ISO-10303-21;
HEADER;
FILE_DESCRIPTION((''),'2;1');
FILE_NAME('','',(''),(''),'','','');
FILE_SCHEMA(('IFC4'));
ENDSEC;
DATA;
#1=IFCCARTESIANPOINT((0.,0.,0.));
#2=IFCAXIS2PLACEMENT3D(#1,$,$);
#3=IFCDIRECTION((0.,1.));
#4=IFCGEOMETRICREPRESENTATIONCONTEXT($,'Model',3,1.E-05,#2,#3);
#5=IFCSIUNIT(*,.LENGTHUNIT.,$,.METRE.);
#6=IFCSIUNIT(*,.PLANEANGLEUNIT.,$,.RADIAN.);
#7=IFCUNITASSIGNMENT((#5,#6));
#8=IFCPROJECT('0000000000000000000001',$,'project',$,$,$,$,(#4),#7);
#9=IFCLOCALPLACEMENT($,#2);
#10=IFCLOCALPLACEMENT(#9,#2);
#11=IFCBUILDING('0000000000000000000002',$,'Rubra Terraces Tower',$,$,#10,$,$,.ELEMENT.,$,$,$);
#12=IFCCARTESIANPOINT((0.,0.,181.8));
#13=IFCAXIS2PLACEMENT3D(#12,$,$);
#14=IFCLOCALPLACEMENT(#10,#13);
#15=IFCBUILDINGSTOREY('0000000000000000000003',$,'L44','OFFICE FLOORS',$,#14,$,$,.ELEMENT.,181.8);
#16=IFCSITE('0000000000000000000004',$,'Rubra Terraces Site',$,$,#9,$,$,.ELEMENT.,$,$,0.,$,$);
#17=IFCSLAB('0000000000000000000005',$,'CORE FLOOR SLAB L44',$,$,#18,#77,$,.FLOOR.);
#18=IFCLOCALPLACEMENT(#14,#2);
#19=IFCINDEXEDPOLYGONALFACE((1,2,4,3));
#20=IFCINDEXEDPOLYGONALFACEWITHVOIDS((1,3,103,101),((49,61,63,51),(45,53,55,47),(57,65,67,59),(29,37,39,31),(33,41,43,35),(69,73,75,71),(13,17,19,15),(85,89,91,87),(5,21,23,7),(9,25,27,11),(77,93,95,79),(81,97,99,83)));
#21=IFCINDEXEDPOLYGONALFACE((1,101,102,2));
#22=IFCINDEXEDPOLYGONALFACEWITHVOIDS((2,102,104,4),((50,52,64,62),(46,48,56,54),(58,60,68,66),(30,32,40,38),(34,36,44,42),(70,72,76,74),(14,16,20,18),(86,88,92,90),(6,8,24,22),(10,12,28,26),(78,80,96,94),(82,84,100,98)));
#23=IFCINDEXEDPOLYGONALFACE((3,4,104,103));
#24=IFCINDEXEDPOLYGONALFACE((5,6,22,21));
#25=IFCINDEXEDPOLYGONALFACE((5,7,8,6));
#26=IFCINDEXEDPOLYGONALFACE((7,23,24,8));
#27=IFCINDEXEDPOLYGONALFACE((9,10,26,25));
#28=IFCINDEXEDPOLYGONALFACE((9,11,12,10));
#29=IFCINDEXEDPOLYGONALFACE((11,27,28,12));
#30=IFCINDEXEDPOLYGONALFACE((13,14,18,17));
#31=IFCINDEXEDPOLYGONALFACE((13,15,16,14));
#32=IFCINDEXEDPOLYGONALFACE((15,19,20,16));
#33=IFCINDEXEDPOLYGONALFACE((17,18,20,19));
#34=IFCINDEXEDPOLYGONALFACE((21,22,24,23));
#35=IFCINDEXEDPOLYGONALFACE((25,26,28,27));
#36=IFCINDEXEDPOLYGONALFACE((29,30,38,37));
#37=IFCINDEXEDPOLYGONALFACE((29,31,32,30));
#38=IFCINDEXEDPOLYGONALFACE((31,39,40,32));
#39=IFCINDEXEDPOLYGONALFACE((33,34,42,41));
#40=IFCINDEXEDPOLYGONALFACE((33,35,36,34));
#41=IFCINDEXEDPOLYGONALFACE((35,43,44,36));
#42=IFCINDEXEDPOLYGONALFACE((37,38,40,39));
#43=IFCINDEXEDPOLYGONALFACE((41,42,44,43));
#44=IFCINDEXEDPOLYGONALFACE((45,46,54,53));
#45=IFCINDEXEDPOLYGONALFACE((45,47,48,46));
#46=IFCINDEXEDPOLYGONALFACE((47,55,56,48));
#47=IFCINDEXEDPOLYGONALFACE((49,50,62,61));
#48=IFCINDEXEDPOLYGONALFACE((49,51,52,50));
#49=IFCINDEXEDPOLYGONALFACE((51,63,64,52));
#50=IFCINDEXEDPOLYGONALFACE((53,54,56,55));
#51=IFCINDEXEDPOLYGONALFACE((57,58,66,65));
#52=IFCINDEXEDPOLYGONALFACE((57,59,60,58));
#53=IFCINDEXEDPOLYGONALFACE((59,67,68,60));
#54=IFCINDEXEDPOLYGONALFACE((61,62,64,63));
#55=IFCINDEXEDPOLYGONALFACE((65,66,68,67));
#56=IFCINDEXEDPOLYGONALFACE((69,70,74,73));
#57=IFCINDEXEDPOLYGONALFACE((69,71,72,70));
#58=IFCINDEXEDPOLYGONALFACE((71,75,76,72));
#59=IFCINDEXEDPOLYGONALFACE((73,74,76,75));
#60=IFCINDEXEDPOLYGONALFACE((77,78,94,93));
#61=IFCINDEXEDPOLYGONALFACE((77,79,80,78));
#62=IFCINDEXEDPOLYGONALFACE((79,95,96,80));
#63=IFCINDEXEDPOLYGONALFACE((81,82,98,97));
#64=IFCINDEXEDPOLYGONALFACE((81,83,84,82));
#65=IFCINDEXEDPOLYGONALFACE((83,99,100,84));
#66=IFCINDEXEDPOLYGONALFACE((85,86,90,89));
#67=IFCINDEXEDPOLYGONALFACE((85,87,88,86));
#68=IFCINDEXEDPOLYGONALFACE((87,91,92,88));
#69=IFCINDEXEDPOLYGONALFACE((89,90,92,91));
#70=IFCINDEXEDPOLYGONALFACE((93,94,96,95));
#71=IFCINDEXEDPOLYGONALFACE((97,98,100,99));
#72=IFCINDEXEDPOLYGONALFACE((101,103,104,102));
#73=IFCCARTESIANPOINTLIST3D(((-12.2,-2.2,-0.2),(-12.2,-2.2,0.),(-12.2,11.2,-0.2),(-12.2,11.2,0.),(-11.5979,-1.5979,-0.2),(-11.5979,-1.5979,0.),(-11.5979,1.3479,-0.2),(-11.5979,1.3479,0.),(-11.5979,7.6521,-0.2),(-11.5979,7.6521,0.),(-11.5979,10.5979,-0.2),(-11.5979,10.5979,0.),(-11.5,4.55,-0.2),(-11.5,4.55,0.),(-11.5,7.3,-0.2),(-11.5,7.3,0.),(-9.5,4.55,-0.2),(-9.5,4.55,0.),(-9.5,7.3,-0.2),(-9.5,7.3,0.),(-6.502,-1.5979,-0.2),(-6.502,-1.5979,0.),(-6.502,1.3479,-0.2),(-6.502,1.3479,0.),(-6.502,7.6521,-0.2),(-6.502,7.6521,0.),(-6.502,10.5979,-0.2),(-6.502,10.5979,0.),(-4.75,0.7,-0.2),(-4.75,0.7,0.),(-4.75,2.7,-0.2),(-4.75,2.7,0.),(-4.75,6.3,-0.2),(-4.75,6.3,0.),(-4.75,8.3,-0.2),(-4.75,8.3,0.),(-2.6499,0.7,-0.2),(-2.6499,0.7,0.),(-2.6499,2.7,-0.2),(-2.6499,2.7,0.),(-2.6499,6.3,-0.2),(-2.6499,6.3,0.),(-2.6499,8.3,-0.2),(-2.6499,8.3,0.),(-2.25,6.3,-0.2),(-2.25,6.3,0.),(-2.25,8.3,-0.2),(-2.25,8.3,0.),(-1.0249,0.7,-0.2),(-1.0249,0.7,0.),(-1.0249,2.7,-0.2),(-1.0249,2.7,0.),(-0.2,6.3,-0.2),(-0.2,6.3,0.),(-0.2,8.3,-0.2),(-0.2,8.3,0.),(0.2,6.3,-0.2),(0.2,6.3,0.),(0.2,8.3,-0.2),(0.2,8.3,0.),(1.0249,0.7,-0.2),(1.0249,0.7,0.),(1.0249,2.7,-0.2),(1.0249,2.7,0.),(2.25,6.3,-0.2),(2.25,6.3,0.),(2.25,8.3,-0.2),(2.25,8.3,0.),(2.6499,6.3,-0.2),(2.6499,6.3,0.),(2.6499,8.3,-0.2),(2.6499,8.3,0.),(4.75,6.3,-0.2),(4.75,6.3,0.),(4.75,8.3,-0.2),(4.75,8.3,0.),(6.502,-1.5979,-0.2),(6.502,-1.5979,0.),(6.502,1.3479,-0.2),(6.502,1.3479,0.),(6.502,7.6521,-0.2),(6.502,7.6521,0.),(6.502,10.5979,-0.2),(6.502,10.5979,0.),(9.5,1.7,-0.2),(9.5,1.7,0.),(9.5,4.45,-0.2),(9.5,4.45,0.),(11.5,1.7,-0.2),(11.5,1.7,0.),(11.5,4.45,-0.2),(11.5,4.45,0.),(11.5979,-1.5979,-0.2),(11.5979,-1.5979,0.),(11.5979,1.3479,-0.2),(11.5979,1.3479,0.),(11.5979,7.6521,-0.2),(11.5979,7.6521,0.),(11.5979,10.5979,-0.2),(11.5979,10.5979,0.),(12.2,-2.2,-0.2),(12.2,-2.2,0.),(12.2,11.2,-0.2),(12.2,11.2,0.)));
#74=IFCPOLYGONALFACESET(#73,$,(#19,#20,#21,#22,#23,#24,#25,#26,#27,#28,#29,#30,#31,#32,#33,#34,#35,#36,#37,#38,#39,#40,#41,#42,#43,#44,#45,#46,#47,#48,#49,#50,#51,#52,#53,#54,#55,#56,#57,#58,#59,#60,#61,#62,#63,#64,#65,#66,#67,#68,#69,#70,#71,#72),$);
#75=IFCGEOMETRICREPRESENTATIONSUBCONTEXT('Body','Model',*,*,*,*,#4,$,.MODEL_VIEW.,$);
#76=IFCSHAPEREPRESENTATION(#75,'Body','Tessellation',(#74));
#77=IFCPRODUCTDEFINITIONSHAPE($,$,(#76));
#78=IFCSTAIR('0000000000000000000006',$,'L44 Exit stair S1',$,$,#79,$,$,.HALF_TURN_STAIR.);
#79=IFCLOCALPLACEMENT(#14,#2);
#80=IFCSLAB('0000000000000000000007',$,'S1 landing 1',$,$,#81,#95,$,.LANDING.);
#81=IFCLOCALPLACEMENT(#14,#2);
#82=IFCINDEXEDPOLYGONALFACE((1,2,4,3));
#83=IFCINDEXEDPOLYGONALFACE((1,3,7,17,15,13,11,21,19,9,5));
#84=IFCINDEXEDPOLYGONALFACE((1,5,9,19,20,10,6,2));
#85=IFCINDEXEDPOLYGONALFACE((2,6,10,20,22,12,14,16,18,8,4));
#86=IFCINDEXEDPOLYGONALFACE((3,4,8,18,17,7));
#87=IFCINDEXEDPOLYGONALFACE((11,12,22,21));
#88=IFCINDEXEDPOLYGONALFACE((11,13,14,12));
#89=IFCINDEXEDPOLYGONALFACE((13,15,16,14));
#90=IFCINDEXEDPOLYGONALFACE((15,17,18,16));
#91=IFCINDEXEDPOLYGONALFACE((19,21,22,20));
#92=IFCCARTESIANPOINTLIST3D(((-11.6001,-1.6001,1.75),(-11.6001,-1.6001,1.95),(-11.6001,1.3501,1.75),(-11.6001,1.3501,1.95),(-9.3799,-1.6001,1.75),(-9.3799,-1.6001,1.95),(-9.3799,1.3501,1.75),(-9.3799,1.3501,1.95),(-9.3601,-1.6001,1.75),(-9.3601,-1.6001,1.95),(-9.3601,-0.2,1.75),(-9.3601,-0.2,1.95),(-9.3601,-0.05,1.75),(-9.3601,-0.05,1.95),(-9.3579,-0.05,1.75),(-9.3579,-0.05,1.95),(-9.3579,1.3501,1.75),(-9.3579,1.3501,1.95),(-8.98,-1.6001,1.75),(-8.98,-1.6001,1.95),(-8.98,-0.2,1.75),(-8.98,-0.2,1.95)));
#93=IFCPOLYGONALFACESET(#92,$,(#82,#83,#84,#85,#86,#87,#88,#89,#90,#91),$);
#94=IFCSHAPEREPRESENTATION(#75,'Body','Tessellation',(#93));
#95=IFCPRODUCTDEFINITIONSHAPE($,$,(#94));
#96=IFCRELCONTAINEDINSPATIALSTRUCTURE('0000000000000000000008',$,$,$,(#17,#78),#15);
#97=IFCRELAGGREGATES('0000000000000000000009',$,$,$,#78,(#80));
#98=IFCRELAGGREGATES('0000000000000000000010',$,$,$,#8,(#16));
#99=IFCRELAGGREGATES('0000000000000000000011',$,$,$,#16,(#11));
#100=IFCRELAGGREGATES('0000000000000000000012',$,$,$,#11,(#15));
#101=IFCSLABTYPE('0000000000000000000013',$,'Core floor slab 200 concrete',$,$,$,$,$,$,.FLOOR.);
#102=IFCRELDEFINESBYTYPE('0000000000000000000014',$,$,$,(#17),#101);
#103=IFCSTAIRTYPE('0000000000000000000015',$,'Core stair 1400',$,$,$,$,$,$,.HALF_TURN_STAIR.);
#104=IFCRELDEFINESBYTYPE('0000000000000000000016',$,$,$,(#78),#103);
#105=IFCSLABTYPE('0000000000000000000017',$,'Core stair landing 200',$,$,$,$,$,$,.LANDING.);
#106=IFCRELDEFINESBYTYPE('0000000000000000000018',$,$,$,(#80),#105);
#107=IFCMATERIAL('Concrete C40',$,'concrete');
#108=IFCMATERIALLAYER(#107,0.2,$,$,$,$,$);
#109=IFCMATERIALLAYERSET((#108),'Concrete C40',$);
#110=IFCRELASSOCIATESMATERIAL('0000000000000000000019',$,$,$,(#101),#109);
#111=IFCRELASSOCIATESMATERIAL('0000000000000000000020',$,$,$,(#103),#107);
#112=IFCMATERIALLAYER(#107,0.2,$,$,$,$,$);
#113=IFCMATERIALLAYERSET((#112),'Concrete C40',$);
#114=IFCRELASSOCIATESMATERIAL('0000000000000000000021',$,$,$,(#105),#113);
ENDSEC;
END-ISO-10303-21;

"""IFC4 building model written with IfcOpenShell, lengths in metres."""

from ifc_helpers import new_model, si_unit, direction, frame, origin, place, context, subcontext, project, spatial, polyline, outline, extrude, material, layer, layer_set, type_object, element, aggregate, save


model = new_model("IFC4")

# Units and contexts
model_context = context("Model", 3, precision=1e-05, world=origin(), true_north=direction((0.0, 1.0)))
body_context = subcontext(model_context, "Body", "Model", "MODEL_VIEW")
ifc_project = project(units=[si_unit("LENGTHUNIT", "METRE"), si_unit("PLANEANGLEUNIT", "RADIAN")], contexts=[model_context])

# Site, building, storey
site_placement = place(None, origin())
site = spatial("IfcSite", under=ifc_project, at=site_placement, Name="Rubra Terraces Site", CompositionType="ELEMENT", RefElevation=0.0)
building_placement = place(site_placement, origin())
building = spatial("IfcBuilding", under=site, at=building_placement, Name="Rubra Terraces Tower", CompositionType="ELEMENT")
storey_placement = place(building_placement, frame((0.0, 0.0, 181.8)))
storey = spatial("IfcBuildingStorey", under=building, at=storey_placement, Name="L44", Description="OFFICE FLOORS", CompositionType="ELEMENT", Elevation=181.8)

# Slab
ifc_material_1 = material(Name="Concrete C40", Category="concrete")
ifc_layer_1 = layer(ifc_material_1, 0.2)
ifc_layer_set_1 = layer_set([ifc_layer_1], Name="Concrete C40")
slab_type_1 = type_object("IfcSlabType", Name="Core floor slab 200 concrete", PredefinedType="FLOOR", material=ifc_layer_set_1)
slab_1_placement = place(storey_placement, frame((0.0, 0.0, -0.2)))
element("IfcSlab", 1, at=slab_1_placement, inside=storey, type_object=slab_type_1, Name="CORE FLOOR SLAB L44", PredefinedType="FLOOR", context=body_context, shape_type="SweptSolid", body=[
    extrude(outline(polyline([(-12.2, -2.2), (-12.2, 11.2), (12.2, 11.2), (12.2, -2.2), (-12.2, -2.2)]), holes=[polyline([(11.5979, 1.3479), (6.502, 1.3479), (6.502, -1.5979), (11.5979, -1.5979), (11.5979, 1.3479)]), polyline([(11.5979, 7.6521), (11.5979, 10.5979), (6.502, 10.5979), (6.502, 7.6521), (11.5979, 7.6521)]), polyline([(9.5, 1.7), (11.5, 1.7), (11.5, 4.45), (9.5, 4.45), (9.5, 1.7)]), polyline([(4.75, 6.3), (4.75, 8.3), (2.6499, 8.3), (2.6499, 6.3), (4.75, 6.3)]), polyline([(2.25, 8.3), (0.2, 8.3), (0.2, 6.3), (2.25, 6.3), (2.25, 8.3)]), polyline([(1.0249, 0.7), (1.0249, 2.7), (-1.0249, 2.7), (-1.0249, 0.7), (1.0249, 0.7)]), polyline([(-0.2, 6.3), (-0.2, 8.3), (-2.25, 8.3), (-2.25, 6.3), (-0.2, 6.3)]), polyline([(-4.75, 8.3), (-4.75, 6.3), (-2.6499, 6.3), (-2.6499, 8.3), (-4.75, 8.3)]), polyline([(-2.6499, 0.7), (-2.6499, 2.7), (-4.75, 2.7), (-4.75, 0.7), (-2.6499, 0.7)]), polyline([(-11.5979, -1.5979), (-6.502, -1.5979), (-6.502, 1.3479), (-11.5979, 1.3479), (-11.5979, -1.5979)]), polyline([(-11.5979, 10.5979), (-11.5979, 7.6521), (-6.502, 7.6521), (-6.502, 10.5979), (-11.5979, 10.5979)]), polyline([(-9.5, 4.55), (-9.5, 7.3), (-11.5, 7.3), (-11.5, 4.55), (-9.5, 4.55)])]), origin(), (0.0, 0.0, 1.0), 0.2),
])

# Stair, slab
stair_type = type_object("IfcStairType", Name="Core stair 1400", PredefinedType="HALF_TURN_STAIR", material=ifc_material_1)
stair_placement = place(storey_placement, origin())
stair = element("IfcStair", 2, at=stair_placement, inside=storey, type_object=stair_type, Name="L44 Exit stair S1", PredefinedType="HALF_TURN_STAIR")
ifc_layer_2 = layer(ifc_material_1, 0.2)
ifc_layer_set_2 = layer_set([ifc_layer_2], Name="Concrete C40")
slab_type_2 = type_object("IfcSlabType", Name="Core stair landing 200", PredefinedType="LANDING", material=ifc_layer_set_2)
slab_2_placement = place(storey_placement, frame((0.0, 0.0, 1.75)))
slab_2 = element("IfcSlab", 3, at=slab_2_placement, type_object=slab_type_2, Name="S1 landing 1", PredefinedType="LANDING", context=body_context, shape_type="SweptSolid", body=[
    extrude(outline(polyline([(-8.98, -0.2), (-8.98, -1.6001), (-9.3601, -1.6001), (-9.3799, -1.6001), (-11.6001, -1.6001), (-11.6001, 1.3501), (-9.3799, 1.3501), (-9.3579, 1.3501), (-9.3579, -0.05), (-9.3601, -0.05), (-9.3601, -0.2), (-8.98, -0.2)])), origin(), (0.0, 0.0, 1.0), 0.2),
])

aggregate(stair, [slab_2])

save(model, "model.ifc")
